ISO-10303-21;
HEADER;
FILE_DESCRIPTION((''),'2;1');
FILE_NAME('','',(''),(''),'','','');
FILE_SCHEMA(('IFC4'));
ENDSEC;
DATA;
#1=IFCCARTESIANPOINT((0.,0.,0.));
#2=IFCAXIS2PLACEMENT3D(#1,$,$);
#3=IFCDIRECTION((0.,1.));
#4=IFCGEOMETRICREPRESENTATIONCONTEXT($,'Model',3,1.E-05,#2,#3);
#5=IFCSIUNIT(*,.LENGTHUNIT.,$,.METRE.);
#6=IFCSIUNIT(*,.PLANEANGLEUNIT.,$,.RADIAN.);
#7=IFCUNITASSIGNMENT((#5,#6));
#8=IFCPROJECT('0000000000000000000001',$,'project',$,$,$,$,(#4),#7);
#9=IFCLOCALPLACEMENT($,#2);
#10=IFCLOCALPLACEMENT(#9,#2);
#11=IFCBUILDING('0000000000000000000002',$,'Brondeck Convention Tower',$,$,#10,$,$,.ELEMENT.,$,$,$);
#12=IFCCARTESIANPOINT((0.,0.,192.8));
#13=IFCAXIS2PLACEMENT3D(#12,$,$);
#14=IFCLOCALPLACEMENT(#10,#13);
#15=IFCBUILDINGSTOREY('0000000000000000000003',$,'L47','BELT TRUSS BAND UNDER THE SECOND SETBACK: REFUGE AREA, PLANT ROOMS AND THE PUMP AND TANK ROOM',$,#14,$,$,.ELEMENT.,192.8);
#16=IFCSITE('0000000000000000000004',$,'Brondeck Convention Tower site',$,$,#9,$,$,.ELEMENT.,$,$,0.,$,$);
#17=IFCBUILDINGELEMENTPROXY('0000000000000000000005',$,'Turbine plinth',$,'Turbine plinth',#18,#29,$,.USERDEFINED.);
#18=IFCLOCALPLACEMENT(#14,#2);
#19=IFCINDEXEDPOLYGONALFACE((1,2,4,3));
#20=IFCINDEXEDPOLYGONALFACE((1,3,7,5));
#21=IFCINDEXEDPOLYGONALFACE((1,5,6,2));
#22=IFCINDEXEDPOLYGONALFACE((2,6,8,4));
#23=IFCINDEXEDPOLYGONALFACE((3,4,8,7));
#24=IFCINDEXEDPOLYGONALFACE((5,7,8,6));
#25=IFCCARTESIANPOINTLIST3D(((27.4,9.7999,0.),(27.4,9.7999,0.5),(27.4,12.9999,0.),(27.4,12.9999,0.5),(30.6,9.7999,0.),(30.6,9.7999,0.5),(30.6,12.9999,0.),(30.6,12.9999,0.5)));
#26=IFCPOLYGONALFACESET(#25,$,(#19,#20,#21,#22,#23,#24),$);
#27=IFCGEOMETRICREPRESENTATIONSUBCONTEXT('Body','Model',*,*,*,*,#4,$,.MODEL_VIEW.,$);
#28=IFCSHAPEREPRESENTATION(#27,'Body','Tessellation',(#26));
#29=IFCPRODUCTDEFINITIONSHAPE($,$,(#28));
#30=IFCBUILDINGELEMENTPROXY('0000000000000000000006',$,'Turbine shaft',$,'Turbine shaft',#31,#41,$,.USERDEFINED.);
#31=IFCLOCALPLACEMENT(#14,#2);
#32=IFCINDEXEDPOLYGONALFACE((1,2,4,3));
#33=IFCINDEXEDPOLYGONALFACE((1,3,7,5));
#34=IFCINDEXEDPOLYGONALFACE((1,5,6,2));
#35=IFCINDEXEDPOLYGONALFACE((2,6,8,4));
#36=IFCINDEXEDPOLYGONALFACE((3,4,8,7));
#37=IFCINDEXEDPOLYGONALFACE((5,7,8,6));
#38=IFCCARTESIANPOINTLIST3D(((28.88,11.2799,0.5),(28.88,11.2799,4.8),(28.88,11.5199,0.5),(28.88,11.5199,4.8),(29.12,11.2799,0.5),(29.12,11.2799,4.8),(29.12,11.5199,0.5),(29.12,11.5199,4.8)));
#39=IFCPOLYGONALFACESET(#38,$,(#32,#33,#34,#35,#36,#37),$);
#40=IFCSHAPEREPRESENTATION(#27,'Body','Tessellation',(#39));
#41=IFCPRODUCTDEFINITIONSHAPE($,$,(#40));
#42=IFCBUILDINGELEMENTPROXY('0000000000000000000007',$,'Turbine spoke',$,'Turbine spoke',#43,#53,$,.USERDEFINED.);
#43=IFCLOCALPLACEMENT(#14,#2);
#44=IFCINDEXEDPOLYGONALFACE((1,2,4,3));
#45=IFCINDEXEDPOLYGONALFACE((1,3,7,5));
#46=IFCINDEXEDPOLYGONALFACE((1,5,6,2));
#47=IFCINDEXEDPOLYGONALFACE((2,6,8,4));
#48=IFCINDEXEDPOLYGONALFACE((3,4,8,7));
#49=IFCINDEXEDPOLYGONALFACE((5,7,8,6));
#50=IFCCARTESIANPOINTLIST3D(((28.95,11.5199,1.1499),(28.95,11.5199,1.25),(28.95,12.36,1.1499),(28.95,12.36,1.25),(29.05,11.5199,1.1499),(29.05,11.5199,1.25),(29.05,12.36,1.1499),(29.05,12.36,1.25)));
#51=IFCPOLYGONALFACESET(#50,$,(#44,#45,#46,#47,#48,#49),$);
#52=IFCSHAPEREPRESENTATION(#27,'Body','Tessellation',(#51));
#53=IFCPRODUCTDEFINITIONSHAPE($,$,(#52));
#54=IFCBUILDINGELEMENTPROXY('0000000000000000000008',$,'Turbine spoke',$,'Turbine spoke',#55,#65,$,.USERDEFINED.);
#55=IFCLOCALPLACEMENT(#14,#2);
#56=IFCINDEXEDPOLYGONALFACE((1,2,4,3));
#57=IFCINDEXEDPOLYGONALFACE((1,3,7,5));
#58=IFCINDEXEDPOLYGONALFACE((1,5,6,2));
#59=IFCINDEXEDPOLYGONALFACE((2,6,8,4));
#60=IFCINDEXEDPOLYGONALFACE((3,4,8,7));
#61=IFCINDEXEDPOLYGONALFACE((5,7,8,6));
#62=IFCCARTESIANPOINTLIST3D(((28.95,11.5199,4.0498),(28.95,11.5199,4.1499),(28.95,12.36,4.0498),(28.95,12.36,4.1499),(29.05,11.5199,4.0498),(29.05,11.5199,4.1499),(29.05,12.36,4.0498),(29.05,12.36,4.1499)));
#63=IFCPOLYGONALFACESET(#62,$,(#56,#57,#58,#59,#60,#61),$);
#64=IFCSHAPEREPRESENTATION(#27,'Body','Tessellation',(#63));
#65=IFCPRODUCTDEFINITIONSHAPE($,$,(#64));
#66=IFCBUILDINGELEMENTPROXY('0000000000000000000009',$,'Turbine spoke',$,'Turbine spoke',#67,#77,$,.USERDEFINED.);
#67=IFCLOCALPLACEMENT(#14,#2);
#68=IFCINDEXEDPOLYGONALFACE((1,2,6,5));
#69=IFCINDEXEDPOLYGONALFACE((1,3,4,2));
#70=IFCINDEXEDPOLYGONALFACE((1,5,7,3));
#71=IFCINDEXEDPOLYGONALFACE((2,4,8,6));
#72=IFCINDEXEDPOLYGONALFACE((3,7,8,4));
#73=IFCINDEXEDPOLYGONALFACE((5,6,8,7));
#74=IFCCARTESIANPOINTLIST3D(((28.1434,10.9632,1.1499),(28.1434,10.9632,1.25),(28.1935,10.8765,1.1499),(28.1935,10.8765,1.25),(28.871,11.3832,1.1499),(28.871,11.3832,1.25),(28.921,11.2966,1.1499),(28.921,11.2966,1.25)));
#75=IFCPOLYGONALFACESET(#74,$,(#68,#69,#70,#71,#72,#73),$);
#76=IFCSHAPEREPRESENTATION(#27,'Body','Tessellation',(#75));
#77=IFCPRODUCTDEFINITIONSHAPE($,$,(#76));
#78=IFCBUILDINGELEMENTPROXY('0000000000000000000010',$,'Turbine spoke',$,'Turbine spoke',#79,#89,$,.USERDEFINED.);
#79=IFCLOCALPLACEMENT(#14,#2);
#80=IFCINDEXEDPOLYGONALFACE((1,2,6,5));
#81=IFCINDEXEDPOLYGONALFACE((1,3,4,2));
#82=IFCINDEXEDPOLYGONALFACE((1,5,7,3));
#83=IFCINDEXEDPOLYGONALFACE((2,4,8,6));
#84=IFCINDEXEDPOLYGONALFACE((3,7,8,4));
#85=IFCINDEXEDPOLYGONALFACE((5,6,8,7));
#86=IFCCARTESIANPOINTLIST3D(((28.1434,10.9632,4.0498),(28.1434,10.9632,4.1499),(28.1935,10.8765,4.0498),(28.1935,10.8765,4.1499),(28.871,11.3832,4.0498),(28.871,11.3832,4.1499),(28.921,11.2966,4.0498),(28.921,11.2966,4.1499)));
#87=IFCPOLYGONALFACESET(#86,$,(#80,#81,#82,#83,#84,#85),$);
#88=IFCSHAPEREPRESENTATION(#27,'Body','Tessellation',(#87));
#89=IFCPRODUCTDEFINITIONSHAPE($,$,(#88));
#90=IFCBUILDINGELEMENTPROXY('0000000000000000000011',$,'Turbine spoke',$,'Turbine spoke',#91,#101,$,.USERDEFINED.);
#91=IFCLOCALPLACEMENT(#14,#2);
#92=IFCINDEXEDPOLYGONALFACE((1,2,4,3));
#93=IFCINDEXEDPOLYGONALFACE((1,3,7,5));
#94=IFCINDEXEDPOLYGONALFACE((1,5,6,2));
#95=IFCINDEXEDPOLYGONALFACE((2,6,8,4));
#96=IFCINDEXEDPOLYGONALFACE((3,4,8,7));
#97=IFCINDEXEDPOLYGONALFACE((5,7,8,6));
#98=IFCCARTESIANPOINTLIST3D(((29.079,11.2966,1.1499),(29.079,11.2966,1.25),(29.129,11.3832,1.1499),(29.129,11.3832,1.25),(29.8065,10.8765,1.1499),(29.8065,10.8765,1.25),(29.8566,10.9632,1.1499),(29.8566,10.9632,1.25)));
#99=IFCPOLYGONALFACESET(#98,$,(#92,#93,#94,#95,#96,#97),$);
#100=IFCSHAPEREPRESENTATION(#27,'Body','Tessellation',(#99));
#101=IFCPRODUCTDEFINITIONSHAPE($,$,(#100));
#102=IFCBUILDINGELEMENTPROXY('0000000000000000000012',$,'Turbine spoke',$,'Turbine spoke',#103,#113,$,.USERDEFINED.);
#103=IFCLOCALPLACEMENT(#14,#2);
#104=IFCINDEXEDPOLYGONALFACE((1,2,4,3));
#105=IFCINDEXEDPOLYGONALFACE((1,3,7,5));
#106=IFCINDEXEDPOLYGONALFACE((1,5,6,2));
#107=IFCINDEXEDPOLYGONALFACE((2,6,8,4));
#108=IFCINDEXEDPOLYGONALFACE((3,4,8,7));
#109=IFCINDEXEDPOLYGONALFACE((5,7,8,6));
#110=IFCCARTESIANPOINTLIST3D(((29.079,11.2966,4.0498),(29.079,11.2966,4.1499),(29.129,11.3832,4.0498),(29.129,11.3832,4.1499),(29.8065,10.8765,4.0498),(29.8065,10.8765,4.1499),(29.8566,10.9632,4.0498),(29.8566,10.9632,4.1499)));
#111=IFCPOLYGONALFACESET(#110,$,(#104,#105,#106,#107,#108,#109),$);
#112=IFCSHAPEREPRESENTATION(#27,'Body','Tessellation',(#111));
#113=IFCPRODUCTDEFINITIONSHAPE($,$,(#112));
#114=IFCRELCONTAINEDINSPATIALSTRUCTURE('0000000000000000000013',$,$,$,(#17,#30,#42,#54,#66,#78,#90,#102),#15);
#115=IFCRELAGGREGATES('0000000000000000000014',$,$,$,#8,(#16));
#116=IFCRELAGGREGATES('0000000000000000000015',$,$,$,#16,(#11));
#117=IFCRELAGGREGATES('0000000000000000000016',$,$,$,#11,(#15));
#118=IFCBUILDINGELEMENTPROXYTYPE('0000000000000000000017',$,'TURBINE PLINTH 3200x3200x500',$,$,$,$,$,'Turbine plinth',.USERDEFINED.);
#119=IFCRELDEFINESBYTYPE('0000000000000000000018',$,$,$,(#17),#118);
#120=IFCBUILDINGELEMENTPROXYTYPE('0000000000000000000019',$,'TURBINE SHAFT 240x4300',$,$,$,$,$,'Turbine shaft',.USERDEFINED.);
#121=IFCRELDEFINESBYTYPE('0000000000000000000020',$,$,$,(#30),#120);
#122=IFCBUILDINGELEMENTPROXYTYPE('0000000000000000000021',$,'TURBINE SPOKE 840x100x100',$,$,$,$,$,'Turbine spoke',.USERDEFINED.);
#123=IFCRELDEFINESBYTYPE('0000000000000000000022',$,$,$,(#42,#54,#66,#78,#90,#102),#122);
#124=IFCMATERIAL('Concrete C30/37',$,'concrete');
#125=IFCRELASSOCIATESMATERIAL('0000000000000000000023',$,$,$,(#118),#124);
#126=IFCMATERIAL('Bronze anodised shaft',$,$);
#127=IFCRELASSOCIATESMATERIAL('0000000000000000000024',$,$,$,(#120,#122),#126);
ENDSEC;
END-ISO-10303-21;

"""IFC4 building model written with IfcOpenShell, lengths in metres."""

from ifc_helpers import new_model, si_unit, direction, frame, origin, origin_2d, place, context, subcontext, project, spatial, rectangle, extrude, material, type_object, element, save


model = new_model("IFC4")

# Units and contexts
model_context = context("Model", 3, precision=1e-05, world=origin(), true_north=direction((0.0, 1.0)))
body_context = subcontext(model_context, "Body", "Model", "MODEL_VIEW")
ifc_project = project(units=[si_unit("LENGTHUNIT", "METRE"), si_unit("PLANEANGLEUNIT", "RADIAN")], contexts=[model_context])

# Site, building, storey
site_placement = place(None, origin())
site = spatial("IfcSite", under=ifc_project, at=site_placement, Name="Brondeck Convention Tower site", CompositionType="ELEMENT", RefElevation=0.0)
building_placement = place(site_placement, origin())
building = spatial("IfcBuilding", under=site, at=building_placement, Name="Brondeck Convention Tower", CompositionType="ELEMENT")
storey_placement = place(building_placement, frame((0.0, 0.0, 192.8)))
storey = spatial("IfcBuildingStorey", under=building, at=storey_placement, Name="L47", Description="BELT TRUSS BAND UNDER THE SECOND SETBACK: REFUGE AREA, PLANT ROOMS AND THE PUMP AND TANK ROOM", CompositionType="ELEMENT", Elevation=192.8)

# Building element proxies
ifc_material_1 = material(Name="Concrete C30/37", Category="concrete")
building_element_proxy_type_1 = type_object("IfcBuildingElementProxyType", Name="TURBINE PLINTH 3200x3200x500", ElementType="Turbine plinth", PredefinedType="USERDEFINED", material=ifc_material_1)
proxy_1_placement = place(storey_placement, frame((29.0, 11.3999, 0.0), z_axis=(0.0, 0.0, 1.0), x_axis=(1.0, 0.0, 0.0)))
element("IfcBuildingElementProxy", 1, at=proxy_1_placement, inside=storey, type_object=building_element_proxy_type_1, Name="Turbine plinth", ObjectType="Turbine plinth", PredefinedType="USERDEFINED", context=body_context, shape_type="SweptSolid", body=[
    extrude(rectangle(XDim=3.2, YDim=3.2, at=origin_2d()), origin(), (0.0, 0.0, 1.0), 0.5),
])
ifc_material_2 = material(Name="Bronze anodised shaft")
building_element_proxy_type_2 = type_object("IfcBuildingElementProxyType", Name="TURBINE SHAFT 240x4300", ElementType="Turbine shaft", PredefinedType="USERDEFINED", material=ifc_material_2)
proxy_2_placement = place(storey_placement, frame((29.0, 11.3999, 0.5), z_axis=(0.0, 0.0, 1.0), x_axis=(1.0, 0.0, 0.0)))
element("IfcBuildingElementProxy", 2, at=proxy_2_placement, inside=storey, type_object=building_element_proxy_type_2, Name="Turbine shaft", ObjectType="Turbine shaft", PredefinedType="USERDEFINED", context=body_context, shape_type="SweptSolid", body=[
    extrude(rectangle(XDim=0.24, YDim=0.24, at=origin_2d()), origin(), (0.0, 0.0, 1.0), 4.3),
])
building_element_proxy_type_3 = type_object("IfcBuildingElementProxyType", Name="TURBINE SPOKE 840x100x100", ElementType="Turbine spoke", PredefinedType="USERDEFINED", material=ifc_material_2)
for number, where, z_axis, x_axis, name in (
    (3, (29.0, 11.9399, 1.1499), (0.0, 0.0, 1.0), (0.0, 1.0, 0.0), "Turbine spoke"),
    (4, (29.0, 11.9399, 4.0498), (0.0, 0.0, 1.0), (0.0, 1.0, 0.0), "Turbine spoke"),
    (5, (28.5322, 11.1299, 1.1499), (0.0, 0.0, 1.0), (-0.866025, -0.5, 0.0), "Turbine spoke"),
    (6, (28.5322, 11.1299, 4.0498), (0.0, 0.0, 1.0), (-0.866025, -0.5, 0.0), "Turbine spoke"),
    (7, (29.4678, 11.1299, 1.1499), (0.0, 0.0, 1.0), (0.866025, -0.5, 0.0), "Turbine spoke"),
    (8, (29.4678, 11.1299, 4.0498), (0.0, 0.0, 1.0), (0.866025, -0.5, 0.0), "Turbine spoke"),
):
    element("IfcBuildingElementProxy", number, at=place(storey_placement, frame(where, z_axis=z_axis, x_axis=x_axis)), inside=storey, type_object=building_element_proxy_type_3, Name=name, ObjectType="Turbine spoke", PredefinedType="USERDEFINED", context=body_context, shape_type="SweptSolid", body=[
        extrude(rectangle(XDim=0.8401, YDim=0.1001, at=origin_2d()), origin(), (0.0, 0.0, 1.0), 0.1001),
    ])

save(model, "model.ifc")
